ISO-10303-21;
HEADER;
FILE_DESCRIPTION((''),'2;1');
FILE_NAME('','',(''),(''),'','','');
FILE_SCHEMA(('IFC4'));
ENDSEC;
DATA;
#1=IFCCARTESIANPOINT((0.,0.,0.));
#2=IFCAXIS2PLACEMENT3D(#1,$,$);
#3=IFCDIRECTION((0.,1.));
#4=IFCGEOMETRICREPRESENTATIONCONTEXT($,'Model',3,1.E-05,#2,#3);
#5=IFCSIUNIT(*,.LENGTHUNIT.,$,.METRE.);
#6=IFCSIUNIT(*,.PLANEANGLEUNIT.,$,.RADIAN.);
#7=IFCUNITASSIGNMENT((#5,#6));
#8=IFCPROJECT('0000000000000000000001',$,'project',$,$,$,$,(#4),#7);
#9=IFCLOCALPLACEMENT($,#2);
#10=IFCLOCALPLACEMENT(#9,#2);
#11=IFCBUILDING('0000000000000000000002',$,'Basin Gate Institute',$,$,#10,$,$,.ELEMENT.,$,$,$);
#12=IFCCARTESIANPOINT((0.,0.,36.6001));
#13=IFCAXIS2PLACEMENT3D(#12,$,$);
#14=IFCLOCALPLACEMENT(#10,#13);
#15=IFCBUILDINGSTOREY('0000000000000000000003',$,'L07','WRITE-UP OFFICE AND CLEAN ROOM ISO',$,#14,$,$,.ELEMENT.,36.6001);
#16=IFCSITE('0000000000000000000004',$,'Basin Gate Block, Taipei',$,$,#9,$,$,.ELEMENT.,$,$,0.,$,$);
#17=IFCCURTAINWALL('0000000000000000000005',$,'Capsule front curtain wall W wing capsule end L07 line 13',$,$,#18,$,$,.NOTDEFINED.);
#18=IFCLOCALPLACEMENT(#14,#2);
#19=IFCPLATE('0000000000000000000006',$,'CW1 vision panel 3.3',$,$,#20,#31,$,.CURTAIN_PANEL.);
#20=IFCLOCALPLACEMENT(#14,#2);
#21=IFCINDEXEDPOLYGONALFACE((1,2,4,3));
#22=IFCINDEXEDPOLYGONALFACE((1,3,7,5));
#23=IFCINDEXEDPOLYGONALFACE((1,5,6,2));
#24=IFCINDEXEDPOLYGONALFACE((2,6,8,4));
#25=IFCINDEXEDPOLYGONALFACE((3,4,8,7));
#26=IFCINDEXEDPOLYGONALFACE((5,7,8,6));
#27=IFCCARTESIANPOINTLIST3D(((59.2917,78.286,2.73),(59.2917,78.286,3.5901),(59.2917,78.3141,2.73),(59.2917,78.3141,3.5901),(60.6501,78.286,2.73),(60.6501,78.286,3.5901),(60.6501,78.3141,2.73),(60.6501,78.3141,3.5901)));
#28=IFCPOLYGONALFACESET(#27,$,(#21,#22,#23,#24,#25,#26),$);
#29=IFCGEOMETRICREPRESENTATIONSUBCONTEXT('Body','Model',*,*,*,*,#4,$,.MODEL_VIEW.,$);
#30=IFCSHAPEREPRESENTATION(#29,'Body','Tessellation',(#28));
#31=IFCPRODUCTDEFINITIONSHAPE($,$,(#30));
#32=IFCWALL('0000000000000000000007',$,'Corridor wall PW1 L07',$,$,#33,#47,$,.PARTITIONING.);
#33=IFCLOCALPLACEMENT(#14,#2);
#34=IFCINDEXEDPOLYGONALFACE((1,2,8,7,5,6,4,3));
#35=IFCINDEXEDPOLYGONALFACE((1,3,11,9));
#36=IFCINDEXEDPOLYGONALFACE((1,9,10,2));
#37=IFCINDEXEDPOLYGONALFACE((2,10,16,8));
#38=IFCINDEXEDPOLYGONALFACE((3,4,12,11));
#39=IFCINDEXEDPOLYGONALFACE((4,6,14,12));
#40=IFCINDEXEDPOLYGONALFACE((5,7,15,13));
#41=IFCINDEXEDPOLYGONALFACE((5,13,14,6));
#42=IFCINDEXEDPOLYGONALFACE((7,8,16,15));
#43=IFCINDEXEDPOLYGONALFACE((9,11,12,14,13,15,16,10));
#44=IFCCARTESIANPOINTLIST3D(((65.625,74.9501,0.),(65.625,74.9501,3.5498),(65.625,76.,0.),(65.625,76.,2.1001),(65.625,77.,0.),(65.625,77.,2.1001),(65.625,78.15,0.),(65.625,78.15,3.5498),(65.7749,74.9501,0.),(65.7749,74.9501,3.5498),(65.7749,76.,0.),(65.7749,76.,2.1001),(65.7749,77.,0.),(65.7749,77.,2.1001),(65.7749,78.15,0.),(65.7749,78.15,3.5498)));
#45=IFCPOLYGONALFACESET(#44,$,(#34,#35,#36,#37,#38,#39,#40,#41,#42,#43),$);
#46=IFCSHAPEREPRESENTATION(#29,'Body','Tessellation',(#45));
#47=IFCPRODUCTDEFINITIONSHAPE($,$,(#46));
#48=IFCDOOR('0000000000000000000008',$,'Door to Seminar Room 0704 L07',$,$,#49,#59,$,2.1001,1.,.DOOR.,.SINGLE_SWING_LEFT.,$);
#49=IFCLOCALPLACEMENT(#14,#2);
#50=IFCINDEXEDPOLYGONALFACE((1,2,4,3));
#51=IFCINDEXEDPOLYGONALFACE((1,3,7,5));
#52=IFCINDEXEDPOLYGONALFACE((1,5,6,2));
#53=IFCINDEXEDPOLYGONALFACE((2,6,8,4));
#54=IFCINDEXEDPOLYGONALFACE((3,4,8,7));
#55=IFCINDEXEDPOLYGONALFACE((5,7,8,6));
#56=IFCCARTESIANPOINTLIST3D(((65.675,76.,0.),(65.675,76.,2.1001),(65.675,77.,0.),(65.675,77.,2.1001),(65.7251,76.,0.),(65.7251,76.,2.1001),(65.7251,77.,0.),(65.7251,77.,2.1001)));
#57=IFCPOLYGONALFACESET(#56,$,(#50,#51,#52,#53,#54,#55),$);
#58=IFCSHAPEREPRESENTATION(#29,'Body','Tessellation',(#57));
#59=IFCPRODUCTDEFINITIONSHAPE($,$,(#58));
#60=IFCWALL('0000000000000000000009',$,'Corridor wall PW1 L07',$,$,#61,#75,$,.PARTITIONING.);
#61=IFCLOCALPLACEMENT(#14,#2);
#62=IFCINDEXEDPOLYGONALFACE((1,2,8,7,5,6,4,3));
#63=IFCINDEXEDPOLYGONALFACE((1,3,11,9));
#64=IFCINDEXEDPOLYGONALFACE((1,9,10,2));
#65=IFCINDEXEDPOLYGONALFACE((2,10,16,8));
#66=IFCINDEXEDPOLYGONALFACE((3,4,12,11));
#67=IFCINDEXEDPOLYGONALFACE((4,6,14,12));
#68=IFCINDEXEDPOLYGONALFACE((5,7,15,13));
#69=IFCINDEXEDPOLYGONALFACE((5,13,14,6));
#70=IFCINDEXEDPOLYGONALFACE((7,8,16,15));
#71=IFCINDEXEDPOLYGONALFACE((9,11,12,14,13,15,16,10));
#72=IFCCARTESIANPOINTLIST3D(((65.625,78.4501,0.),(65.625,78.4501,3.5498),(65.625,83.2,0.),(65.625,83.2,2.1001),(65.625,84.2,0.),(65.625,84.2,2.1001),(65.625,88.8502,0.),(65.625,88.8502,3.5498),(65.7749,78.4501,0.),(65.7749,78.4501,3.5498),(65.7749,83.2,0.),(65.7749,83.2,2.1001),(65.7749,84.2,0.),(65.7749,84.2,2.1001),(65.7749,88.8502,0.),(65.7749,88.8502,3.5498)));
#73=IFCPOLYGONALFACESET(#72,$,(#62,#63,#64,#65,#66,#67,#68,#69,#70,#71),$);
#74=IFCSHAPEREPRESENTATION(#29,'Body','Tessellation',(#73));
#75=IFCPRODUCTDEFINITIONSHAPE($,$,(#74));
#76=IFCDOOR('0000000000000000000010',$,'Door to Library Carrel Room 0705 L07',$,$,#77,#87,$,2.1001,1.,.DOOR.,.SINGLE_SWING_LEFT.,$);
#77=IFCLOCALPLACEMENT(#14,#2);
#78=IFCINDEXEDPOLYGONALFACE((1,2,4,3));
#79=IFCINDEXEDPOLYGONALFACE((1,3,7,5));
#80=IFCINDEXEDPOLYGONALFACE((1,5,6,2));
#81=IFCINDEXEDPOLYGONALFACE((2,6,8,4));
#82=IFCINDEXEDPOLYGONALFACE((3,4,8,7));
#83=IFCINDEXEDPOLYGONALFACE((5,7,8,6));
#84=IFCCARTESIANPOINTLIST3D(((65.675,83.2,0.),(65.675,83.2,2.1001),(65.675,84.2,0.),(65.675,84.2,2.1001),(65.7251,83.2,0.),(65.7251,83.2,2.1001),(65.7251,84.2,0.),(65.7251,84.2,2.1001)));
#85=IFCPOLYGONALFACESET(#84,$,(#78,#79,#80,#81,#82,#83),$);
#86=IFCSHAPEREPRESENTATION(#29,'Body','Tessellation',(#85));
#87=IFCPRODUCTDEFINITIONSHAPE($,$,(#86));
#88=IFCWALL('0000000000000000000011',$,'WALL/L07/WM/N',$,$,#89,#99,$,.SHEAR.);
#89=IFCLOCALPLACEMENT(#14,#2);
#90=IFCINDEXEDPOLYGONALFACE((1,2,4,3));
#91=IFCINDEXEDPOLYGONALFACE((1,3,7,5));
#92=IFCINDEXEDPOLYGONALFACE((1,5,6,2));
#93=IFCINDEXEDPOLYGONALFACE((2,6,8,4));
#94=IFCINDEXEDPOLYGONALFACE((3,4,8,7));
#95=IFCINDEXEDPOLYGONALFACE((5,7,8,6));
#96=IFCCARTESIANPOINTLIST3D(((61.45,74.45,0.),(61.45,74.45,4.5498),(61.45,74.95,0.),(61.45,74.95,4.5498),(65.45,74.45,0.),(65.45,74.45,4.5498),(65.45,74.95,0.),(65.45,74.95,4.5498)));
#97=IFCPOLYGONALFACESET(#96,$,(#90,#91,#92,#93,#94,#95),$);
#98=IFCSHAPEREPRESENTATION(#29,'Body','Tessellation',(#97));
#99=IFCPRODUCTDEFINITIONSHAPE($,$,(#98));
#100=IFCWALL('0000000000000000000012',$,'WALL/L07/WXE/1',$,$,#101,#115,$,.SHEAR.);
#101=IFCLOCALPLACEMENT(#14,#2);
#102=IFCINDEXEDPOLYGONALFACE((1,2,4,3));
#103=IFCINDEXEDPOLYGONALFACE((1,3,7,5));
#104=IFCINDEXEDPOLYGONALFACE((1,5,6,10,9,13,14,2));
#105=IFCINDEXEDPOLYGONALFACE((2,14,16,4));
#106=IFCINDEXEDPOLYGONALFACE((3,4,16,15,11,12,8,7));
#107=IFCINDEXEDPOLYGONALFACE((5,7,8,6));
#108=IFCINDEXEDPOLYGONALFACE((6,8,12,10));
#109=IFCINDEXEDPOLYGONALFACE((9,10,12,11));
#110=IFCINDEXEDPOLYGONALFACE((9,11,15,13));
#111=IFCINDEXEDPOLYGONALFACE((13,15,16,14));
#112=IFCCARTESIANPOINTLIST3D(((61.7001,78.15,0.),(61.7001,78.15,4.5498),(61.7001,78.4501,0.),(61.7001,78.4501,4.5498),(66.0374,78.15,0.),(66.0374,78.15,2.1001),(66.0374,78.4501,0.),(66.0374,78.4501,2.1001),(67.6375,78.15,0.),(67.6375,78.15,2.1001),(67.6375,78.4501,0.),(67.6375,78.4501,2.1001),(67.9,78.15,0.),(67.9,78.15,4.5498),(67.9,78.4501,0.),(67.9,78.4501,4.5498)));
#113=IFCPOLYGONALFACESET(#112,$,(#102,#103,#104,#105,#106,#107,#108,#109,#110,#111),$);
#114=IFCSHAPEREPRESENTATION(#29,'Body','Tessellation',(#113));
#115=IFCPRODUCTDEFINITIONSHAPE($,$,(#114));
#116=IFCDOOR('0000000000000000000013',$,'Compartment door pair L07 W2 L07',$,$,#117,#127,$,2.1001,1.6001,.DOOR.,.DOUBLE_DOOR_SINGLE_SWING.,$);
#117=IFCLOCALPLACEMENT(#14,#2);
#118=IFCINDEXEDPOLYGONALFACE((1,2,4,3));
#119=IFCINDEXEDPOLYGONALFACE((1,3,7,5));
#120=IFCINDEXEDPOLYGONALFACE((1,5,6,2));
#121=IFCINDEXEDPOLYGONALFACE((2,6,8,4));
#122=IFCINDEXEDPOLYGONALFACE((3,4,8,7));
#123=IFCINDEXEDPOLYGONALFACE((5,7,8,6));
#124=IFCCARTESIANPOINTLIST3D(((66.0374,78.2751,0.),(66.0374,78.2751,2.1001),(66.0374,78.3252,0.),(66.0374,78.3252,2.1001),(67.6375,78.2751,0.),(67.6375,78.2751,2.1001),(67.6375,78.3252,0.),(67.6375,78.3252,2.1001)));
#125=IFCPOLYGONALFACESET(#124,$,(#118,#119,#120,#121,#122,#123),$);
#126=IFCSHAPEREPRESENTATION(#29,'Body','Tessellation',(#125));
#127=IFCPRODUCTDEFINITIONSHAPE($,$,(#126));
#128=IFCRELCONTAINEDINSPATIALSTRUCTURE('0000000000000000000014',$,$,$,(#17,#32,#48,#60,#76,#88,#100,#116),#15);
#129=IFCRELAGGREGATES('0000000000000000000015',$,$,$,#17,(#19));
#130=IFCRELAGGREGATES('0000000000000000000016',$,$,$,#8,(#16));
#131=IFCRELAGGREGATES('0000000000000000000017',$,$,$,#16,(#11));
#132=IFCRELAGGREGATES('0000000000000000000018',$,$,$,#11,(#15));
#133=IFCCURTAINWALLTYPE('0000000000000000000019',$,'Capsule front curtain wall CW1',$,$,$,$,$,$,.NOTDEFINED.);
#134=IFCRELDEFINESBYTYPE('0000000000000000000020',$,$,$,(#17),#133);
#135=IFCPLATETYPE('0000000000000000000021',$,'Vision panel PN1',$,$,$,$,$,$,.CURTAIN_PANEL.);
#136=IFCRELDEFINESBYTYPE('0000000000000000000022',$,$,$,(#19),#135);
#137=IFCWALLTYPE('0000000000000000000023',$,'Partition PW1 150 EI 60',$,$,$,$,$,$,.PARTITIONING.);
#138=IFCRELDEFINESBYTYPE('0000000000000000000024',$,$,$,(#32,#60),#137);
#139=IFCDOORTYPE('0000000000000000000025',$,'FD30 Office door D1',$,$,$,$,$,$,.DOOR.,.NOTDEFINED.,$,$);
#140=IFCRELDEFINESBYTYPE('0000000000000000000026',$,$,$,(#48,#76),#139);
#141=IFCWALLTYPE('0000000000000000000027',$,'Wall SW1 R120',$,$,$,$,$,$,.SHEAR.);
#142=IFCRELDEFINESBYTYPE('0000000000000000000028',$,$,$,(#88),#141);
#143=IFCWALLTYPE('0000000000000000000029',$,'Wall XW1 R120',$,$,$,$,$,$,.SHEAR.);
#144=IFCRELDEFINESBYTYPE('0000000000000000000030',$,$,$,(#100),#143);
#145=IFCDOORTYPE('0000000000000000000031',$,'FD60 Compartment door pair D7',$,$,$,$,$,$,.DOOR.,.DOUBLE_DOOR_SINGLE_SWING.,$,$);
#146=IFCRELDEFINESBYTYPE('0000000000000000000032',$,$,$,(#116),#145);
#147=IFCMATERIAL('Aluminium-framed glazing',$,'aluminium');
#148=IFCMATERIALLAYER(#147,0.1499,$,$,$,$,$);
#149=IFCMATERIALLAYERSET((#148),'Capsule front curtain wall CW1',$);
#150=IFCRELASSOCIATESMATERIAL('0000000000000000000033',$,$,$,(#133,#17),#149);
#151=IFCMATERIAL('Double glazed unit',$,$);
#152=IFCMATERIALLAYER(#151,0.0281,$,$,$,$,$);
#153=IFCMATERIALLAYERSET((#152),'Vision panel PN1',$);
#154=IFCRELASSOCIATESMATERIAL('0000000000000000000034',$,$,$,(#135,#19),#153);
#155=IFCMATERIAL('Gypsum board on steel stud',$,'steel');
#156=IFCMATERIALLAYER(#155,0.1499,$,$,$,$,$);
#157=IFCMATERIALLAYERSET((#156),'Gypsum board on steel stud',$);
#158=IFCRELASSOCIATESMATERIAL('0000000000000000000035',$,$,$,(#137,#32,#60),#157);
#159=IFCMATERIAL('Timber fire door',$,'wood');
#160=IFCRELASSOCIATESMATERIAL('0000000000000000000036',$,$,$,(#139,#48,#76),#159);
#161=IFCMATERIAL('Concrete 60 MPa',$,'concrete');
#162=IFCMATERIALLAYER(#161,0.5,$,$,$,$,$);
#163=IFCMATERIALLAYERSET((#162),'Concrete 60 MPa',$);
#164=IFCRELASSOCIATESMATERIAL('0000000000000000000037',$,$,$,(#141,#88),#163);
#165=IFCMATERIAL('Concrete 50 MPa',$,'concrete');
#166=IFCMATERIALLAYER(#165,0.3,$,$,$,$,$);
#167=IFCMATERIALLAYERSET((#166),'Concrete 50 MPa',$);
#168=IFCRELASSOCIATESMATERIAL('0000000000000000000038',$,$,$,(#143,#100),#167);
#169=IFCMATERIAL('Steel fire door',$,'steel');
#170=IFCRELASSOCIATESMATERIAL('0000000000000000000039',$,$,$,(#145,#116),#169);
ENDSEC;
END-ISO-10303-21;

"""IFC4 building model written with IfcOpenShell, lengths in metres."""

from ifc_helpers import new_model, si_unit, direction, frame, frame_2d, origin, origin_2d, place, context, subcontext, project, spatial, rectangle, extrude, material, layer, layer_set, type_object, element, fill, aggregate, save


model = new_model("IFC4")

# Units and contexts
model_context = context("Model", 3, precision=1e-05, world=origin(), true_north=direction((0.0, 1.0)))
body_context = subcontext(model_context, "Body", "Model", "MODEL_VIEW")
ifc_project = project(units=[si_unit("LENGTHUNIT", "METRE"), si_unit("PLANEANGLEUNIT", "RADIAN")], contexts=[model_context])

# Site, building, storey
site_placement = place(None, origin())
site = spatial("IfcSite", under=ifc_project, at=site_placement, Name="Basin Gate Block, Taipei", CompositionType="ELEMENT", RefElevation=0.0)
building_placement = place(site_placement, origin())
building = spatial("IfcBuilding", under=site, at=building_placement, Name="Basin Gate Institute", CompositionType="ELEMENT")
storey_placement = place(building_placement, frame((0.0, 0.0, 36.6001)))
storey = spatial("IfcBuildingStorey", under=building, at=storey_placement, Name="L07", Description="WRITE-UP OFFICE AND CLEAN ROOM ISO", CompositionType="ELEMENT", Elevation=36.6001)

# Curtain wall
ifc_material_1 = material(Name="Aluminium-framed glazing", Category="aluminium")
ifc_layer_1 = layer(ifc_material_1, 0.1499)
ifc_layer_set_1 = layer_set([ifc_layer_1], Name="Capsule front curtain wall CW1")
curtain_wall_type = type_object("IfcCurtainWallType", Name="Capsule front curtain wall CW1", PredefinedType="NOTDEFINED", material=ifc_layer_set_1)
curtain_wall_1_placement = place(storey_placement, origin())
curtain_wall_1 = element("IfcCurtainWall", 1, at=curtain_wall_1_placement, inside=storey, type_object=curtain_wall_type, material=ifc_layer_set_1, Name="Capsule front curtain wall W wing capsule end L07 line 13", PredefinedType="NOTDEFINED")

# Plate
ifc_material_2 = material(Name="Double glazed unit")
ifc_layer_2 = layer(ifc_material_2, 0.0281)
ifc_layer_set_2 = layer_set([ifc_layer_2], Name="Vision panel PN1")
plate_type_1 = type_object("IfcPlateType", Name="Vision panel PN1", PredefinedType="CURTAIN_PANEL", material=ifc_layer_set_2)
plate_1_placement = place(storey_placement, frame((59.9709, 78.3, 2.73), z_axis=(0.0, 0.0, 1.0), x_axis=(1.0, 0.0, 0.0)))
plate_1 = element("IfcPlate", 2, at=plate_1_placement, type_object=plate_type_1, material=ifc_layer_set_2, Name="CW1 vision panel 3.3", PredefinedType="CURTAIN_PANEL", context=body_context, shape_type="SweptSolid", body=[
    extrude(rectangle(XDim=1.3584, YDim=0.0281, at=origin_2d()), origin(), (0.0, 0.0, 1.0), 0.8601),
])
aggregate(curtain_wall_1, [plate_1])

# Walls, openings, doors
ifc_material_3 = material(Name="Gypsum board on steel stud", Category="steel")
ifc_layer_3 = layer(ifc_material_3, 0.1499)
ifc_layer_set_3 = layer_set([ifc_layer_3], Name="Gypsum board on steel stud")
wall_type_1 = type_object("IfcWallType", Name="Partition PW1 150 EI 60", PredefinedType="PARTITIONING", material=ifc_layer_set_3)
wall_1_placement = place(storey_placement, frame((65.7, 74.95, 0.0), z_axis=(0.0, 0.0, 1.0), x_axis=(0.0, 1.0, 0.0)))
wall_1 = element("IfcWall", 3, at=wall_1_placement, inside=storey, type_object=wall_type_1, material=ifc_layer_set_3, Name="Corridor wall PW1 L07", PredefinedType="PARTITIONING", context=body_context, shape_type="SweptSolid", body=[
    extrude(rectangle(XDim=3.2, YDim=0.1499, at=frame_2d((1.6001, 0.0))), origin(), (0.0, 0.0, 1.0), 3.5498),
])
opening_1_placement = place(wall_1_placement, frame((1.05, 0.0, 0.0)))
opening_1 = element("IfcOpeningElement", 4, at=opening_1_placement, cuts=wall_1, PredefinedType="OPENING", context=body_context, shape_type="SweptSolid", body=[
    extrude(rectangle(XDim=1.0, YDim=2.1001, at=frame_2d((0.5, 1.05))), frame((0.0, 0.085, 0.0), z_axis=(0.0, -1.0, 0.0), x_axis=(1.0, 0.0, 0.0)), (0.0, 0.0, 1.0), 0.1699),
])
ifc_material_4 = material(Name="Timber fire door", Category="wood")
door_type_1 = type_object("IfcDoorType", Name="FD30 Office door D1", OperationType="NOTDEFINED", PredefinedType="DOOR", material=ifc_material_4)
door_1_placement = place(opening_1_placement, origin())
door_1 = element("IfcDoor", 5, at=door_1_placement, inside=storey, type_object=door_type_1, material=ifc_material_4, Name="Door to Seminar Room 0704 L07", OperationType="SINGLE_SWING_LEFT", OverallHeight=2.1001, OverallWidth=1.0, PredefinedType="DOOR", context=body_context, shape_type="SweptSolid", body=[
    extrude(rectangle(XDim=1.0, YDim=2.1001, at=frame_2d((0.5, 1.05))), frame((0.0, 0.0249, 0.0), z_axis=(0.0, -1.0, 0.0), x_axis=(1.0, 0.0, 0.0)), (0.0, 0.0, 1.0), 0.05),
])
fill(opening_1, door_1)
wall_2_placement = place(storey_placement, frame((65.7, 78.45, 0.0), z_axis=(0.0, 0.0, 1.0), x_axis=(0.0, 1.0, 0.0)))
wall_2 = element("IfcWall", 6, at=wall_2_placement, inside=storey, type_object=wall_type_1, material=ifc_layer_set_3, Name="Corridor wall PW1 L07", PredefinedType="PARTITIONING", context=body_context, shape_type="SweptSolid", body=[
    extrude(rectangle(XDim=10.4001, YDim=0.1499, at=frame_2d((5.2002, 0.0))), origin(), (0.0, 0.0, 1.0), 3.5498),
])
opening_2_placement = place(wall_2_placement, frame((4.75, 0.0, 0.0)))
opening_2 = element("IfcOpeningElement", 7, at=opening_2_placement, cuts=wall_2, PredefinedType="OPENING", context=body_context, shape_type="SweptSolid", body=[
    extrude(rectangle(XDim=1.0, YDim=2.1001, at=frame_2d((0.5, 1.05))), frame((0.0, 0.085, 0.0), z_axis=(0.0, -1.0, 0.0), x_axis=(1.0, 0.0, 0.0)), (0.0, 0.0, 1.0), 0.1699),
])
door_2_placement = place(opening_2_placement, origin())
door_2 = element("IfcDoor", 8, at=door_2_placement, inside=storey, type_object=door_type_1, material=ifc_material_4, Name="Door to Library Carrel Room 0705 L07", OperationType="SINGLE_SWING_LEFT", OverallHeight=2.1001, OverallWidth=1.0, PredefinedType="DOOR", context=body_context, shape_type="SweptSolid", body=[
    extrude(rectangle(XDim=1.0, YDim=2.1001, at=frame_2d((0.5, 1.05))), frame((0.0, 0.0249, 0.0), z_axis=(0.0, -1.0, 0.0), x_axis=(1.0, 0.0, 0.0)), (0.0, 0.0, 1.0), 0.05),
])
fill(opening_2, door_2)

# Wall
ifc_material_5 = material(Name="Concrete 60 MPa", Category="concrete")
ifc_layer_4 = layer(ifc_material_5, 0.5)
ifc_layer_set_4 = layer_set([ifc_layer_4], Name="Concrete 60 MPa")
wall_type_2 = type_object("IfcWallType", Name="Wall SW1 R120", PredefinedType="SHEAR", material=ifc_layer_set_4)
wall_3_placement = place(storey_placement, frame((61.45, 74.7, 0.0), z_axis=(0.0, 0.0, 1.0), x_axis=(1.0, 0.0, 0.0)))
element("IfcWall", 9, at=wall_3_placement, inside=storey, type_object=wall_type_2, material=ifc_layer_set_4, Name="WALL/L07/WM/N", PredefinedType="SHEAR", context=body_context, shape_type="SweptSolid", body=[
    extrude(rectangle(XDim=4.0, YDim=0.5, at=frame_2d((2.0, 0.0))), origin(), (0.0, 0.0, 1.0), 4.5498),
])

# Wall, opening, door
ifc_material_6 = material(Name="Concrete 50 MPa", Category="concrete")
ifc_layer_5 = layer(ifc_material_6, 0.3)
ifc_layer_set_5 = layer_set([ifc_layer_5], Name="Concrete 50 MPa")
wall_type_3 = type_object("IfcWallType", Name="Wall XW1 R120", PredefinedType="SHEAR", material=ifc_layer_set_5)
wall_4_placement = place(storey_placement, frame((61.7, 78.3, 0.0), z_axis=(0.0, 0.0, 1.0), x_axis=(1.0, 0.0, 0.0)))
wall_4 = element("IfcWall", 10, at=wall_4_placement, inside=storey, type_object=wall_type_3, material=ifc_layer_set_5, Name="WALL/L07/WXE/1", PredefinedType="SHEAR", context=body_context, shape_type="SweptSolid", body=[
    extrude(rectangle(XDim=6.2, YDim=0.3, at=frame_2d((3.1001, 0.0))), origin(), (0.0, 0.0, 1.0), 4.5498),
])
opening_3_placement = place(wall_4_placement, frame((4.3374, 0.0, 0.0)))
opening_3 = element("IfcOpeningElement", 11, at=opening_3_placement, cuts=wall_4, PredefinedType="OPENING", context=body_context, shape_type="SweptSolid", body=[
    extrude(rectangle(XDim=1.6001, YDim=2.1001, at=frame_2d((0.8, 1.05))), frame((0.0, 0.1602, 0.0), z_axis=(0.0, -1.0, 0.0), x_axis=(1.0, 0.0, 0.0)), (0.0, 0.0, 1.0), 0.3201),
])
ifc_material_7 = material(Name="Steel fire door", Category="steel")
door_type_2 = type_object("IfcDoorType", Name="FD60 Compartment door pair D7", OperationType="DOUBLE_DOOR_SINGLE_SWING", PredefinedType="DOOR", material=ifc_material_7)
door_3_placement = place(opening_3_placement, frame((1.6001, 0.0, 0.0), z_axis=(0.0, 0.0, 1.0), x_axis=(-1.0, 0.0, 0.0)))
door_3 = element("IfcDoor", 12, at=door_3_placement, inside=storey, type_object=door_type_2, material=ifc_material_7, Name="Compartment door pair L07 W2 L07", OperationType="DOUBLE_DOOR_SINGLE_SWING", OverallHeight=2.1001, OverallWidth=1.6001, PredefinedType="DOOR", context=body_context, shape_type="SweptSolid", body=[
    extrude(rectangle(XDim=1.6001, YDim=2.1001, at=frame_2d((0.8, 1.05))), frame((0.0, 0.0249, 0.0), z_axis=(0.0, -1.0, 0.0), x_axis=(1.0, 0.0, 0.0)), (0.0, 0.0, 1.0), 0.05),
])
fill(opening_3, door_3)

save(model, "model.ifc")
